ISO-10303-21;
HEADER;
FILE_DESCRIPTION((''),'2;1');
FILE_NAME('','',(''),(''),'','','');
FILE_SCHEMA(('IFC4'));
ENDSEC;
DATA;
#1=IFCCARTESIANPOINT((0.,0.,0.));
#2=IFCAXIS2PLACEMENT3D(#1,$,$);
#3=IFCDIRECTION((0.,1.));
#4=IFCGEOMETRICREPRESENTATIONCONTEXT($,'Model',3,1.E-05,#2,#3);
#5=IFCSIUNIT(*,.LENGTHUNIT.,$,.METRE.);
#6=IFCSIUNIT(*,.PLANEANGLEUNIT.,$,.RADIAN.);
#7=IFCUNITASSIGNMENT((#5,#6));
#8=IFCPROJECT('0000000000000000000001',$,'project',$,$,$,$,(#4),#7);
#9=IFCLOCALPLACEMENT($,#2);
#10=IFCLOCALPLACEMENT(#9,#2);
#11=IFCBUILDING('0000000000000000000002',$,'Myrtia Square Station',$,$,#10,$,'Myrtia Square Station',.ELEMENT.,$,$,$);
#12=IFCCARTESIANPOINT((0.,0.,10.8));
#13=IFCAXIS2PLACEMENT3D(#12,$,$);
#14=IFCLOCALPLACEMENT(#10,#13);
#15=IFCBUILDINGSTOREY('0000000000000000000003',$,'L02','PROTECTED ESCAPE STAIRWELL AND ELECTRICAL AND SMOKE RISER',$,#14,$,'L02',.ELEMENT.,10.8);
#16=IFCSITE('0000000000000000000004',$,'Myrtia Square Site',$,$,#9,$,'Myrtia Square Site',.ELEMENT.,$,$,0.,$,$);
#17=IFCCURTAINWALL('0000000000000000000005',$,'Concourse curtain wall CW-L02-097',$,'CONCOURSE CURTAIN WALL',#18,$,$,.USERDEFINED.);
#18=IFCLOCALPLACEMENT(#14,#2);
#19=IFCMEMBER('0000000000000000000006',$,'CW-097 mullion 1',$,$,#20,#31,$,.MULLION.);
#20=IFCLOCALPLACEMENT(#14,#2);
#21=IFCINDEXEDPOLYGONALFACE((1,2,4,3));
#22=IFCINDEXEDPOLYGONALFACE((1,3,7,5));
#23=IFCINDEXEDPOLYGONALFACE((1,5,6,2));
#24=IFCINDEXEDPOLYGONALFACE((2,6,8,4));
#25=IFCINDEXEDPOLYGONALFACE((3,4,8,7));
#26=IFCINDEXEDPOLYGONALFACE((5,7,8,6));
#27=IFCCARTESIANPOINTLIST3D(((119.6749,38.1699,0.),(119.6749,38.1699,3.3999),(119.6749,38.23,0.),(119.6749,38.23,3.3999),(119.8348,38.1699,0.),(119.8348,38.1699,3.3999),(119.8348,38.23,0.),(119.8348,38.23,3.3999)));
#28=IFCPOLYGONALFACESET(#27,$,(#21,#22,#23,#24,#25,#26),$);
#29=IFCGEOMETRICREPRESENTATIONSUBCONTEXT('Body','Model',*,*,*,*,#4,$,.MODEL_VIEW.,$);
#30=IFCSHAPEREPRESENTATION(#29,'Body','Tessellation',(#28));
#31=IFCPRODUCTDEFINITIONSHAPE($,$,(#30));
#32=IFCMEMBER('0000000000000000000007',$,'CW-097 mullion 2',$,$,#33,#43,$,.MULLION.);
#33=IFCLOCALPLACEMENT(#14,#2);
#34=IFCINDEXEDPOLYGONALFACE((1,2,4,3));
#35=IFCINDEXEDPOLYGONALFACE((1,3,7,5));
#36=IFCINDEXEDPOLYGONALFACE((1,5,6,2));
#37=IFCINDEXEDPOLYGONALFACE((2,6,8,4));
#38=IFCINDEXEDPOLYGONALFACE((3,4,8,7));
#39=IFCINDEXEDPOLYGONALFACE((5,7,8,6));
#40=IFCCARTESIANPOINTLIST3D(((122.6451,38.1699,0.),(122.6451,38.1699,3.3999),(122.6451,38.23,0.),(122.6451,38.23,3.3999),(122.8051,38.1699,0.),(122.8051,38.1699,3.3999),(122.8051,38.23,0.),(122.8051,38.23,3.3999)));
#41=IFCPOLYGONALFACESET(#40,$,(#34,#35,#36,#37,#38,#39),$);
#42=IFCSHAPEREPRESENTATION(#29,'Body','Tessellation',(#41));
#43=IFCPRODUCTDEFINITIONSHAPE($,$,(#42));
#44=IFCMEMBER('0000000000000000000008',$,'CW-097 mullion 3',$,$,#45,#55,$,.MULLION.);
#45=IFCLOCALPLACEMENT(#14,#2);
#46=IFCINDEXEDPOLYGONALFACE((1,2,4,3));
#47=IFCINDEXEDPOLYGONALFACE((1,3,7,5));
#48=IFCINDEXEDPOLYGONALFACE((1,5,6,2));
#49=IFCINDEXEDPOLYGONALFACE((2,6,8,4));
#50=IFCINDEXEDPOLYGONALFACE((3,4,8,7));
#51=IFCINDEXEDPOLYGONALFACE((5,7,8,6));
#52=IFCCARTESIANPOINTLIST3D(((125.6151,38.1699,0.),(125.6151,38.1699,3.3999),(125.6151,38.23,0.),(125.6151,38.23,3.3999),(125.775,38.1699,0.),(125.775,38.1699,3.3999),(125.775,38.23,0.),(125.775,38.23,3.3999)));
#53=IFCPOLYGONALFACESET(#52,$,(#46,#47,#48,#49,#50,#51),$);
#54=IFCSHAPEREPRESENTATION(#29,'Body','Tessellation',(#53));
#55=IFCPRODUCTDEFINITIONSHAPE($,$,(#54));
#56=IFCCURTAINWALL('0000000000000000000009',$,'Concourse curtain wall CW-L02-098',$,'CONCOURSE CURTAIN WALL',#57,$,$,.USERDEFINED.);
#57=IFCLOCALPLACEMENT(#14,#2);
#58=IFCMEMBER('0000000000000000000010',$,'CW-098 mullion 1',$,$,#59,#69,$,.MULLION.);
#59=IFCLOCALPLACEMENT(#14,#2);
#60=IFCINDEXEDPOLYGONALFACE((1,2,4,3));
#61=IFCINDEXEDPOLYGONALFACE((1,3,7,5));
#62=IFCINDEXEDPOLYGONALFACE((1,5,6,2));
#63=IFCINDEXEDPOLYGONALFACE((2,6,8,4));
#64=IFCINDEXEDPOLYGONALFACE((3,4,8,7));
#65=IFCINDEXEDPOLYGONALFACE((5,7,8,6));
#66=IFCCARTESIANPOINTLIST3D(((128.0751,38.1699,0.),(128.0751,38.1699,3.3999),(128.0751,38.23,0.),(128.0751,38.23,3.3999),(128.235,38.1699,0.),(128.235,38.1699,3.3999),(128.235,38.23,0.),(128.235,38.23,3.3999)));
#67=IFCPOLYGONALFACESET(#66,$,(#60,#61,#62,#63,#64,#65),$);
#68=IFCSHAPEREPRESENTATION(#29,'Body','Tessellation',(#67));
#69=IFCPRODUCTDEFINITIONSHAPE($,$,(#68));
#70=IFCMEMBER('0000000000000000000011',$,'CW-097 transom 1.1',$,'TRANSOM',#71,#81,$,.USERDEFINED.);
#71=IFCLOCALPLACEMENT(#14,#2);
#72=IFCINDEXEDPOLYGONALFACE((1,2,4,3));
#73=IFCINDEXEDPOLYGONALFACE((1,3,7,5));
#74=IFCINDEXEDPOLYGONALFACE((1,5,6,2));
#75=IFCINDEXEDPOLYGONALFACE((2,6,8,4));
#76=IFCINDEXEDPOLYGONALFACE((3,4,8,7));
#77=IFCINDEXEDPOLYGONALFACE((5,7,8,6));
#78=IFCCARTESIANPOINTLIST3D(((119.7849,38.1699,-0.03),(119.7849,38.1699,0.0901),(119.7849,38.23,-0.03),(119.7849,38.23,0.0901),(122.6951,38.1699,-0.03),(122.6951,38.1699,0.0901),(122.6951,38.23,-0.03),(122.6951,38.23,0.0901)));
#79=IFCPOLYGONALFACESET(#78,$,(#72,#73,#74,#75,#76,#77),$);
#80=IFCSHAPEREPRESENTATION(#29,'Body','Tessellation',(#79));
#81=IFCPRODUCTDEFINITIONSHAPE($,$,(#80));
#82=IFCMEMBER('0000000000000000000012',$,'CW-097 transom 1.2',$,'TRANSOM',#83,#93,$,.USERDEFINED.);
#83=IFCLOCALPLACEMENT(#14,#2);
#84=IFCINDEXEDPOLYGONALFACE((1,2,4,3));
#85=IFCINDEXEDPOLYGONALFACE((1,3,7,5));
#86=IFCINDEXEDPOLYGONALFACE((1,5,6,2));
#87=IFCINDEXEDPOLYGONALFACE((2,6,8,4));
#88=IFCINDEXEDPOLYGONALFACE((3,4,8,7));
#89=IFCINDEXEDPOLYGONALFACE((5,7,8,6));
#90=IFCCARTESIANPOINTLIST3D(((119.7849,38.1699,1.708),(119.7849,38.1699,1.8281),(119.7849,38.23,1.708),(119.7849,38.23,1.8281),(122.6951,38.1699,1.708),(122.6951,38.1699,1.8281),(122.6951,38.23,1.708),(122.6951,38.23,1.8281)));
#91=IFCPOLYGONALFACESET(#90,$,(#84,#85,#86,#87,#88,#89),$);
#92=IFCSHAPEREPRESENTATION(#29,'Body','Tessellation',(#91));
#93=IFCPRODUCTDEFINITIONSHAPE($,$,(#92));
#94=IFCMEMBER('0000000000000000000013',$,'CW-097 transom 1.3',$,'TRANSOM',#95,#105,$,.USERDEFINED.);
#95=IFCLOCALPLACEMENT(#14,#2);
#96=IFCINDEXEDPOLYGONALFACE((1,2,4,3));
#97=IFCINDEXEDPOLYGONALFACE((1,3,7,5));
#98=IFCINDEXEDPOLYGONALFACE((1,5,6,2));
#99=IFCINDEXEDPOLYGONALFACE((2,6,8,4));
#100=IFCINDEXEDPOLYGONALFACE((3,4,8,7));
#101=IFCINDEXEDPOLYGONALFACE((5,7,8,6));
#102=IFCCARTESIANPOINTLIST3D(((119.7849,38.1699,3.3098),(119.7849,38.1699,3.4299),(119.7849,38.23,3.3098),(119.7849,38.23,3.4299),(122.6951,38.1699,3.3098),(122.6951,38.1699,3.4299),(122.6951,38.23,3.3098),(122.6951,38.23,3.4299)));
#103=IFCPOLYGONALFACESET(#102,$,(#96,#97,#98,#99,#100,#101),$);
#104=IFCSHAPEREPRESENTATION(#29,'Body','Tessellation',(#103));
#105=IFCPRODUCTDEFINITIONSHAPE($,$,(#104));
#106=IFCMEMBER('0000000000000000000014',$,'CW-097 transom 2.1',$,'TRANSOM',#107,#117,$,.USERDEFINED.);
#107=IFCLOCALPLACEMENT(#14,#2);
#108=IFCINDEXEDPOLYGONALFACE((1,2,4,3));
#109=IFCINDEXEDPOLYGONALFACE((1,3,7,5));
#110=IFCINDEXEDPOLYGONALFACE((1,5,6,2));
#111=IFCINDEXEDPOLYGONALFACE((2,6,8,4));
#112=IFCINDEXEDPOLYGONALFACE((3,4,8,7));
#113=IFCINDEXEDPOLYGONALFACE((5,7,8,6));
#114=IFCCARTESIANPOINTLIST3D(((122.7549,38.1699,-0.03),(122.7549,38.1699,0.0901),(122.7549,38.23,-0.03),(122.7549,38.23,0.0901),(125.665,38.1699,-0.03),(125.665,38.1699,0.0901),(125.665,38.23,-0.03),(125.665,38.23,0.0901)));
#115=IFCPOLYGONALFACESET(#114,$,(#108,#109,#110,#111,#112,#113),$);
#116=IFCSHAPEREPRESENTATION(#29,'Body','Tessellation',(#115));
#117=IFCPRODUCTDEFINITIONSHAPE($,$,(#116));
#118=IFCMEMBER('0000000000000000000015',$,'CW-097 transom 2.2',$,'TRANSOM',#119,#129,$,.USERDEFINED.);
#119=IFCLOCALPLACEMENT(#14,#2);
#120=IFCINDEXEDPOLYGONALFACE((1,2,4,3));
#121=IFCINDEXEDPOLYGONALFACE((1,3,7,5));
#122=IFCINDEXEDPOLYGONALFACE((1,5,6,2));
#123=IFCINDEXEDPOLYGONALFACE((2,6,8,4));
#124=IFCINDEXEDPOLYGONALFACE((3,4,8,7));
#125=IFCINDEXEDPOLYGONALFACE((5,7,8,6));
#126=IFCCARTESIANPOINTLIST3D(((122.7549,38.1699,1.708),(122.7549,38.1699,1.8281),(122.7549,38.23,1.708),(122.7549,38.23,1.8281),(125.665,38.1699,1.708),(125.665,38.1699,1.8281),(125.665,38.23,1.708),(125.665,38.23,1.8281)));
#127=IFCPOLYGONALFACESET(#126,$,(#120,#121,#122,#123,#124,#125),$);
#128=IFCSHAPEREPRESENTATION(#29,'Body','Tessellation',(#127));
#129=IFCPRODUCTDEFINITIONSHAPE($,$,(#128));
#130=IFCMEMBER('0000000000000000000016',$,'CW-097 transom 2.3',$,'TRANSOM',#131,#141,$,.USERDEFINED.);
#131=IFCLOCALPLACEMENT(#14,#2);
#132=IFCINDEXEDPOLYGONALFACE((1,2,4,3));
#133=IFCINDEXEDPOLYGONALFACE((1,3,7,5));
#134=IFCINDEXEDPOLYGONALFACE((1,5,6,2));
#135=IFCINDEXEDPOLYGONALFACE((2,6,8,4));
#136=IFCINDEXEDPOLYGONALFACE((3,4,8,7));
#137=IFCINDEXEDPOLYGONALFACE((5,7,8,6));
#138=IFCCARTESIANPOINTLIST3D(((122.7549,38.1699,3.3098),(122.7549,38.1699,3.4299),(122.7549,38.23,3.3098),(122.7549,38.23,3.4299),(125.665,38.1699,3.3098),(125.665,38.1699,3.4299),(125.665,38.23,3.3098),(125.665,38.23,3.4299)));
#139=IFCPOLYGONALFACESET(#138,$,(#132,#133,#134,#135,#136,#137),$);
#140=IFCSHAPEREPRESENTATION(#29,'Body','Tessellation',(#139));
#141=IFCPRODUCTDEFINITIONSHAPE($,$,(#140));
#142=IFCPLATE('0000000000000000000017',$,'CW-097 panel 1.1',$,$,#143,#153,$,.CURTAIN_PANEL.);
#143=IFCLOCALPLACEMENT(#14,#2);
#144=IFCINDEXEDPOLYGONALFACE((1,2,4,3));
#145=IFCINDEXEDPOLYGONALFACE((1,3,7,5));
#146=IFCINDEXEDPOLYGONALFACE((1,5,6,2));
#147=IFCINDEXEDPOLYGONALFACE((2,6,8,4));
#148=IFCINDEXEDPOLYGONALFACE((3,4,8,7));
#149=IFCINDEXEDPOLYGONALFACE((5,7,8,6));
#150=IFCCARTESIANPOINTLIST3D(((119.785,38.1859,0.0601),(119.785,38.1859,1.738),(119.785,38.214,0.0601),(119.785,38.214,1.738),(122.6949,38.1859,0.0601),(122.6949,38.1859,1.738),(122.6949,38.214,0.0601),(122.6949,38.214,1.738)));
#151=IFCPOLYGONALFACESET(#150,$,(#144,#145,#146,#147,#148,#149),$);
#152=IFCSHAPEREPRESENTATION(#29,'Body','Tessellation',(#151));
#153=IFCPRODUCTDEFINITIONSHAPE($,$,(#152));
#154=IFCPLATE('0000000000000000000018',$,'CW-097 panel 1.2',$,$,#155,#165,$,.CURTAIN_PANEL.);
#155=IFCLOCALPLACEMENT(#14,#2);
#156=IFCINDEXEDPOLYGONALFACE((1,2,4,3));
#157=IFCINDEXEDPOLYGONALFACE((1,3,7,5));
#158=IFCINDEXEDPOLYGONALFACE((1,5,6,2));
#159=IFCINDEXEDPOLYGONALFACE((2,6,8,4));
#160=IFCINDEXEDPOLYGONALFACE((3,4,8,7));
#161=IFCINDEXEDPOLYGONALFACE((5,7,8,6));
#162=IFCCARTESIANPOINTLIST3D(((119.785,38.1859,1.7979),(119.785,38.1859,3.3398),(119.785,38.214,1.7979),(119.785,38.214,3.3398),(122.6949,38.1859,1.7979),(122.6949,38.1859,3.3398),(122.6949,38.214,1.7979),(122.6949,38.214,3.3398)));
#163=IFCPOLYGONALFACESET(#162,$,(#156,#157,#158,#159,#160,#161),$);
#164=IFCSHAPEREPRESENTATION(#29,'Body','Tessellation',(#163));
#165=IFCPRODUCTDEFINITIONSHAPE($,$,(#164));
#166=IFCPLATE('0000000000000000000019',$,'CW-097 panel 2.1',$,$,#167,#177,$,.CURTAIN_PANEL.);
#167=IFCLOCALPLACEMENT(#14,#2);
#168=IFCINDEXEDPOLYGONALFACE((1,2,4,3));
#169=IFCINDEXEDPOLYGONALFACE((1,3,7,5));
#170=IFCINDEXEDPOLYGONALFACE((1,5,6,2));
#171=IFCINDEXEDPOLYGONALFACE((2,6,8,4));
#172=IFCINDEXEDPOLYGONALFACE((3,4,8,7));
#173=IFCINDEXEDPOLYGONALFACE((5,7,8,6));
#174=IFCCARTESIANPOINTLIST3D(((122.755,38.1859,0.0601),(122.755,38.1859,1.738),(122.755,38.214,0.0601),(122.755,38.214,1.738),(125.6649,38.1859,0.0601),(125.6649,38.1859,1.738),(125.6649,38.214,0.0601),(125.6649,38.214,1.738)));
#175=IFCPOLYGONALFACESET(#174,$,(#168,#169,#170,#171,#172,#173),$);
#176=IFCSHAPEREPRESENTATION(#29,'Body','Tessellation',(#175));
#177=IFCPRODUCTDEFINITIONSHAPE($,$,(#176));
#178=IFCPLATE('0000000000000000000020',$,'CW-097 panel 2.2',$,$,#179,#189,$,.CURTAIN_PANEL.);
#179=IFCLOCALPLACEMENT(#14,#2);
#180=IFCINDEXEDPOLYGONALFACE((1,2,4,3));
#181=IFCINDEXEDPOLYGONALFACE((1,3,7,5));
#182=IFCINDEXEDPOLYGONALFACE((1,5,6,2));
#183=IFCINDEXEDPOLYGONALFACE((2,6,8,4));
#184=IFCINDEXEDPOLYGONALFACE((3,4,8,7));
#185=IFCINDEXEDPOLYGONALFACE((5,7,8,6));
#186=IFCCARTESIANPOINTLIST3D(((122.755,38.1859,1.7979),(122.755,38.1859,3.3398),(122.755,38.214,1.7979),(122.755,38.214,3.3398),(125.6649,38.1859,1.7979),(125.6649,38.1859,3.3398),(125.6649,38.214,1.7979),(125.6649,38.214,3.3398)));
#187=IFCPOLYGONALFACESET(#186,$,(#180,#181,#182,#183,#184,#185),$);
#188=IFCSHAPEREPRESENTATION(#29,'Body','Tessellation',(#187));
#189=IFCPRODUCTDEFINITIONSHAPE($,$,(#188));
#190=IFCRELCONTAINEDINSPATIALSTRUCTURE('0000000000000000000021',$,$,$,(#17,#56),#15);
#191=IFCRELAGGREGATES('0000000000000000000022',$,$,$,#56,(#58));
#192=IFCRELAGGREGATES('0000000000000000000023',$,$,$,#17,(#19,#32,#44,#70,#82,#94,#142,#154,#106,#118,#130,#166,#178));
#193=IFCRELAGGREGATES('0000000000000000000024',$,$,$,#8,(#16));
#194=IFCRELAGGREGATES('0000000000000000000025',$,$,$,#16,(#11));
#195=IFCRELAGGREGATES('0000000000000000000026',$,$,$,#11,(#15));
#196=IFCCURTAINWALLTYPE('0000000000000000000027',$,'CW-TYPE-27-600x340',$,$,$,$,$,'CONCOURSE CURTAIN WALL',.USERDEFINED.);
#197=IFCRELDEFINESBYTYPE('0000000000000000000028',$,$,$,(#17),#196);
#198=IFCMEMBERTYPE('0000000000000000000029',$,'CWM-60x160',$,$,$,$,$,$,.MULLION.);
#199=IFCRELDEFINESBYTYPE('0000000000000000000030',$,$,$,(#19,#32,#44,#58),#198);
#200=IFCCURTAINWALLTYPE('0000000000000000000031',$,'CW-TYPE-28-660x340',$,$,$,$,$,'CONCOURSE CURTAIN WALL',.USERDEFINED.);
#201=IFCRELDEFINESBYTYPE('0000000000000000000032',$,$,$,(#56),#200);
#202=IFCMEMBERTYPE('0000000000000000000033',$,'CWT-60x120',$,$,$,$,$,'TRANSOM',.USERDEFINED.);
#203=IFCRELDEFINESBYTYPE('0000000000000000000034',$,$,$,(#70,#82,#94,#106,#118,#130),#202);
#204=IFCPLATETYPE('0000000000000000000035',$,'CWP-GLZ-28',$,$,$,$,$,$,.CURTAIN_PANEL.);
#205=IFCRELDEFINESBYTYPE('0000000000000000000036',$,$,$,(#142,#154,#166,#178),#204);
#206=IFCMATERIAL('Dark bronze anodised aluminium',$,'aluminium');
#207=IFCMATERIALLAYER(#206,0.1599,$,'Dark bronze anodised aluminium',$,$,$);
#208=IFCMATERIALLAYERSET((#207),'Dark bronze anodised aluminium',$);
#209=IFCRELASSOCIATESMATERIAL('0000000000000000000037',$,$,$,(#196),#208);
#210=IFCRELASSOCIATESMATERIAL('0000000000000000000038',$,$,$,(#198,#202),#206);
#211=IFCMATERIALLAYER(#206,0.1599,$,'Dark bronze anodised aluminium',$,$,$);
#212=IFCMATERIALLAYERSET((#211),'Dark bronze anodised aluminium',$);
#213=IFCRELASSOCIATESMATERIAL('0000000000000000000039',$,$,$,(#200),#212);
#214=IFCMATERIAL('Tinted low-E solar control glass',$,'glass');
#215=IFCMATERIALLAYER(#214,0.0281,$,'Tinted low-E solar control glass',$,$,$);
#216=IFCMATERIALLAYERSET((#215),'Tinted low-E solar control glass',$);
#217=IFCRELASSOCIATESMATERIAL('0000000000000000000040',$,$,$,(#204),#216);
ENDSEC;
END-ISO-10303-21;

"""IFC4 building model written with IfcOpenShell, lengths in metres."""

from ifc_helpers import new_model, si_unit, direction, frame, origin, origin_2d, place, context, subcontext, project, spatial, rectangle, extrude, material, layer, layer_set, material_profile, profile_set, type_object, element, aggregate, save


model = new_model("IFC4")

# Units and contexts
model_context = context("Model", 3, precision=1e-05, world=origin(), true_north=direction((0.0, 1.0)))
body_context = subcontext(model_context, "Body", "Model", "MODEL_VIEW")
ifc_project = project(units=[si_unit("LENGTHUNIT", "METRE"), si_unit("PLANEANGLEUNIT", "RADIAN")], contexts=[model_context])

# Site, building, storey
site_placement = place(None, origin())
site = spatial("IfcSite", under=ifc_project, at=site_placement, Name="Myrtia Square Site", LongName="Myrtia Square Site", CompositionType="ELEMENT", RefElevation=0.0)
building_placement = place(site_placement, origin())
building = spatial("IfcBuilding", under=site, at=building_placement, Name="Myrtia Square Station", LongName="Myrtia Square Station", CompositionType="ELEMENT")
storey_placement = place(building_placement, frame((0.0, 0.0, 10.8)))
storey = spatial("IfcBuildingStorey", under=building, at=storey_placement, Name="L02", Description="PROTECTED ESCAPE STAIRWELL AND ELECTRICAL AND SMOKE RISER", LongName="L02", CompositionType="ELEMENT", Elevation=10.8)

# Curtain wall, members
ifc_material_1 = material(Name="Dark bronze anodised aluminium", Category="aluminium")
ifc_layer_1 = layer(ifc_material_1, 0.1599, Name="Dark bronze anodised aluminium")
ifc_layer_set_1 = layer_set([ifc_layer_1], Name="Dark bronze anodised aluminium")
curtain_wall_type_1 = type_object("IfcCurtainWallType", Name="CW-TYPE-27-600x340", ElementType="CONCOURSE CURTAIN WALL", PredefinedType="USERDEFINED", material=ifc_layer_set_1)
curtain_wall_1_placement = place(storey_placement, origin())
curtain_wall_1 = element("IfcCurtainWall", 1, at=curtain_wall_1_placement, inside=storey, type_object=curtain_wall_type_1, Name="Concourse curtain wall CW-L02-097", ObjectType="CONCOURSE CURTAIN WALL", PredefinedType="USERDEFINED")
ifc_material_profile_1 = material_profile(ifc_material_1, rectangle(XDim=0.0601, YDim=0.1599, at=origin_2d()), Name="ALU-M 60x160")
ifc_profile_set_1 = profile_set([ifc_material_profile_1], Name="Dark bronze anodised aluminium")
member_type_1 = type_object("IfcMemberType", Name="CWM-60x160", PredefinedType="MULLION", material=ifc_profile_set_1)
member_1_placement = place(storey_placement, frame((119.7549, 38.2, 0.0), z_axis=(0.0, 0.0, 1.0), x_axis=(0.0, 1.0, 0.0)))
member_1 = element("IfcMember", 2, at=member_1_placement, type_object=member_type_1, Name="CW-097 mullion 1", PredefinedType="MULLION", context=body_context, shape_type="SweptSolid", body=[
    extrude(rectangle(XDim=0.0601, YDim=0.1599, at=origin_2d()), origin(), (0.0, 0.0, 1.0), 3.3999),
])
member_2_placement = place(storey_placement, frame((122.7251, 38.2, 0.0), z_axis=(0.0, 0.0, 1.0), x_axis=(0.0, 1.0, 0.0)))
member_2 = element("IfcMember", 3, at=member_2_placement, type_object=member_type_1, Name="CW-097 mullion 2", PredefinedType="MULLION", context=body_context, shape_type="SweptSolid", body=[
    extrude(rectangle(XDim=0.0601, YDim=0.1599, at=origin_2d()), origin(), (0.0, 0.0, 1.0), 3.3999),
])
member_3_placement = place(storey_placement, frame((125.6951, 38.2, 0.0), z_axis=(0.0, 0.0, 1.0), x_axis=(0.0, 1.0, 0.0)))
member_3 = element("IfcMember", 4, at=member_3_placement, type_object=member_type_1, Name="CW-097 mullion 3", PredefinedType="MULLION", context=body_context, shape_type="SweptSolid", body=[
    extrude(rectangle(XDim=0.0601, YDim=0.1599, at=origin_2d()), origin(), (0.0, 0.0, 1.0), 3.3999),
])

# Curtain wall, member
ifc_layer_2 = layer(ifc_material_1, 0.1599, Name="Dark bronze anodised aluminium")
ifc_layer_set_2 = layer_set([ifc_layer_2], Name="Dark bronze anodised aluminium")
curtain_wall_type_2 = type_object("IfcCurtainWallType", Name="CW-TYPE-28-660x340", ElementType="CONCOURSE CURTAIN WALL", PredefinedType="USERDEFINED", material=ifc_layer_set_2)
curtain_wall_2_placement = place(storey_placement, origin())
curtain_wall_2 = element("IfcCurtainWall", 5, at=curtain_wall_2_placement, inside=storey, type_object=curtain_wall_type_2, Name="Concourse curtain wall CW-L02-098", ObjectType="CONCOURSE CURTAIN WALL", PredefinedType="USERDEFINED")
member_4_placement = place(storey_placement, frame((128.155, 38.2, 0.0), z_axis=(0.0, 0.0, 1.0), x_axis=(0.0, 1.0, 0.0)))
member_4 = element("IfcMember", 6, at=member_4_placement, type_object=member_type_1, Name="CW-098 mullion 1", PredefinedType="MULLION", context=body_context, shape_type="SweptSolid", body=[
    extrude(rectangle(XDim=0.0601, YDim=0.1599, at=origin_2d()), origin(), (0.0, 0.0, 1.0), 3.3999),
])
aggregate(curtain_wall_2, [member_4])

# Members
ifc_material_profile_2 = material_profile(ifc_material_1, rectangle(XDim=0.0601, YDim=0.1201, at=origin_2d()), Name="ALU-T 60x120")
ifc_profile_set_2 = profile_set([ifc_material_profile_2], Name="Dark bronze anodised aluminium")
member_type_2 = type_object("IfcMemberType", Name="CWT-60x120", ElementType="TRANSOM", PredefinedType="USERDEFINED", material=ifc_profile_set_2)
member_5_placement = place(storey_placement, frame((119.7849, 38.2, 0.03), z_axis=(1.0, 0.0, 0.0), x_axis=(0.0, 1.0, 0.0)))
member_5 = element("IfcMember", 7, at=member_5_placement, type_object=member_type_2, Name="CW-097 transom 1.1", ObjectType="TRANSOM", PredefinedType="USERDEFINED", context=body_context, shape_type="SweptSolid", body=[
    extrude(rectangle(XDim=0.0601, YDim=0.1201, at=origin_2d()), origin(), (0.0, 0.0, 1.0), 2.9102),
])
member_6_placement = place(storey_placement, frame((119.7849, 38.2, 1.7681), z_axis=(1.0, 0.0, 0.0), x_axis=(0.0, 1.0, 0.0)))
member_6 = element("IfcMember", 8, at=member_6_placement, type_object=member_type_2, Name="CW-097 transom 1.2", ObjectType="TRANSOM", PredefinedType="USERDEFINED", context=body_context, shape_type="SweptSolid", body=[
    extrude(rectangle(XDim=0.0601, YDim=0.1201, at=origin_2d()), origin(), (0.0, 0.0, 1.0), 2.9102),
])
member_7_placement = place(storey_placement, frame((119.7849, 38.2, 3.3699), z_axis=(1.0, 0.0, 0.0), x_axis=(0.0, 1.0, 0.0)))
member_7 = element("IfcMember", 9, at=member_7_placement, type_object=member_type_2, Name="CW-097 transom 1.3", ObjectType="TRANSOM", PredefinedType="USERDEFINED", context=body_context, shape_type="SweptSolid", body=[
    extrude(rectangle(XDim=0.0601, YDim=0.1201, at=origin_2d()), origin(), (0.0, 0.0, 1.0), 2.9102),
])
member_8_placement = place(storey_placement, frame((122.7549, 38.2, 0.03), z_axis=(1.0, 0.0, 0.0), x_axis=(0.0, 1.0, 0.0)))
member_8 = element("IfcMember", 10, at=member_8_placement, type_object=member_type_2, Name="CW-097 transom 2.1", ObjectType="TRANSOM", PredefinedType="USERDEFINED", context=body_context, shape_type="SweptSolid", body=[
    extrude(rectangle(XDim=0.0601, YDim=0.1201, at=origin_2d()), origin(), (0.0, 0.0, 1.0), 2.9102),
])
member_9_placement = place(storey_placement, frame((122.7549, 38.2, 1.7681), z_axis=(1.0, 0.0, 0.0), x_axis=(0.0, 1.0, 0.0)))
member_9 = element("IfcMember", 11, at=member_9_placement, type_object=member_type_2, Name="CW-097 transom 2.2", ObjectType="TRANSOM", PredefinedType="USERDEFINED", context=body_context, shape_type="SweptSolid", body=[
    extrude(rectangle(XDim=0.0601, YDim=0.1201, at=origin_2d()), origin(), (0.0, 0.0, 1.0), 2.9102),
])
member_10_placement = place(storey_placement, frame((122.7549, 38.2, 3.3699), z_axis=(1.0, 0.0, 0.0), x_axis=(0.0, 1.0, 0.0)))
member_10 = element("IfcMember", 12, at=member_10_placement, type_object=member_type_2, Name="CW-097 transom 2.3", ObjectType="TRANSOM", PredefinedType="USERDEFINED", context=body_context, shape_type="SweptSolid", body=[
    extrude(rectangle(XDim=0.0601, YDim=0.1201, at=origin_2d()), origin(), (0.0, 0.0, 1.0), 2.9102),
])

# Plates
ifc_material_2 = material(Name="Tinted low-E solar control glass", Category="glass")
ifc_layer_3 = layer(ifc_material_2, 0.0281, Name="Tinted low-E solar control glass")
ifc_layer_set_3 = layer_set([ifc_layer_3], Name="Tinted low-E solar control glass")
plate_type = type_object("IfcPlateType", Name="CWP-GLZ-28", PredefinedType="CURTAIN_PANEL", material=ifc_layer_set_3)
plate_1_placement = place(storey_placement, frame((121.24, 38.2, 0.0601), z_axis=(0.0, 0.0, 1.0), x_axis=(1.0, 0.0, 0.0)))
plate_1 = element("IfcPlate", 13, at=plate_1_placement, type_object=plate_type, Name="CW-097 panel 1.1", PredefinedType="CURTAIN_PANEL", context=body_context, shape_type="SweptSolid", body=[
    extrude(rectangle(XDim=2.9099, YDim=0.0281, at=origin_2d()), origin(), (0.0, 0.0, 1.0), 1.678),
])
plate_2_placement = place(storey_placement, frame((121.24, 38.2, 1.7979), z_axis=(0.0, 0.0, 1.0), x_axis=(1.0, 0.0, 0.0)))
plate_2 = element("IfcPlate", 14, at=plate_2_placement, type_object=plate_type, Name="CW-097 panel 1.2", PredefinedType="CURTAIN_PANEL", context=body_context, shape_type="SweptSolid", body=[
    extrude(rectangle(XDim=2.9099, YDim=0.0281, at=origin_2d()), origin(), (0.0, 0.0, 1.0), 1.542),
])
plate_3_placement = place(storey_placement, frame((124.21, 38.2, 0.0601), z_axis=(0.0, 0.0, 1.0), x_axis=(1.0, 0.0, 0.0)))
plate_3 = element("IfcPlate", 15, at=plate_3_placement, type_object=plate_type, Name="CW-097 panel 2.1", PredefinedType="CURTAIN_PANEL", context=body_context, shape_type="SweptSolid", body=[
    extrude(rectangle(XDim=2.9099, YDim=0.0281, at=origin_2d()), origin(), (0.0, 0.0, 1.0), 1.678),
])
plate_4_placement = place(storey_placement, frame((124.21, 38.2, 1.7979), z_axis=(0.0, 0.0, 1.0), x_axis=(1.0, 0.0, 0.0)))
plate_4 = element("IfcPlate", 16, at=plate_4_placement, type_object=plate_type, Name="CW-097 panel 2.2", PredefinedType="CURTAIN_PANEL", context=body_context, shape_type="SweptSolid", body=[
    extrude(rectangle(XDim=2.9099, YDim=0.0281, at=origin_2d()), origin(), (0.0, 0.0, 1.0), 1.542),
])
aggregate(curtain_wall_1, [member_1, member_2, member_3, member_5, member_6, member_7, plate_1, plate_2, member_8, member_9, member_10, plate_3, plate_4])

save(model, "model.ifc")
